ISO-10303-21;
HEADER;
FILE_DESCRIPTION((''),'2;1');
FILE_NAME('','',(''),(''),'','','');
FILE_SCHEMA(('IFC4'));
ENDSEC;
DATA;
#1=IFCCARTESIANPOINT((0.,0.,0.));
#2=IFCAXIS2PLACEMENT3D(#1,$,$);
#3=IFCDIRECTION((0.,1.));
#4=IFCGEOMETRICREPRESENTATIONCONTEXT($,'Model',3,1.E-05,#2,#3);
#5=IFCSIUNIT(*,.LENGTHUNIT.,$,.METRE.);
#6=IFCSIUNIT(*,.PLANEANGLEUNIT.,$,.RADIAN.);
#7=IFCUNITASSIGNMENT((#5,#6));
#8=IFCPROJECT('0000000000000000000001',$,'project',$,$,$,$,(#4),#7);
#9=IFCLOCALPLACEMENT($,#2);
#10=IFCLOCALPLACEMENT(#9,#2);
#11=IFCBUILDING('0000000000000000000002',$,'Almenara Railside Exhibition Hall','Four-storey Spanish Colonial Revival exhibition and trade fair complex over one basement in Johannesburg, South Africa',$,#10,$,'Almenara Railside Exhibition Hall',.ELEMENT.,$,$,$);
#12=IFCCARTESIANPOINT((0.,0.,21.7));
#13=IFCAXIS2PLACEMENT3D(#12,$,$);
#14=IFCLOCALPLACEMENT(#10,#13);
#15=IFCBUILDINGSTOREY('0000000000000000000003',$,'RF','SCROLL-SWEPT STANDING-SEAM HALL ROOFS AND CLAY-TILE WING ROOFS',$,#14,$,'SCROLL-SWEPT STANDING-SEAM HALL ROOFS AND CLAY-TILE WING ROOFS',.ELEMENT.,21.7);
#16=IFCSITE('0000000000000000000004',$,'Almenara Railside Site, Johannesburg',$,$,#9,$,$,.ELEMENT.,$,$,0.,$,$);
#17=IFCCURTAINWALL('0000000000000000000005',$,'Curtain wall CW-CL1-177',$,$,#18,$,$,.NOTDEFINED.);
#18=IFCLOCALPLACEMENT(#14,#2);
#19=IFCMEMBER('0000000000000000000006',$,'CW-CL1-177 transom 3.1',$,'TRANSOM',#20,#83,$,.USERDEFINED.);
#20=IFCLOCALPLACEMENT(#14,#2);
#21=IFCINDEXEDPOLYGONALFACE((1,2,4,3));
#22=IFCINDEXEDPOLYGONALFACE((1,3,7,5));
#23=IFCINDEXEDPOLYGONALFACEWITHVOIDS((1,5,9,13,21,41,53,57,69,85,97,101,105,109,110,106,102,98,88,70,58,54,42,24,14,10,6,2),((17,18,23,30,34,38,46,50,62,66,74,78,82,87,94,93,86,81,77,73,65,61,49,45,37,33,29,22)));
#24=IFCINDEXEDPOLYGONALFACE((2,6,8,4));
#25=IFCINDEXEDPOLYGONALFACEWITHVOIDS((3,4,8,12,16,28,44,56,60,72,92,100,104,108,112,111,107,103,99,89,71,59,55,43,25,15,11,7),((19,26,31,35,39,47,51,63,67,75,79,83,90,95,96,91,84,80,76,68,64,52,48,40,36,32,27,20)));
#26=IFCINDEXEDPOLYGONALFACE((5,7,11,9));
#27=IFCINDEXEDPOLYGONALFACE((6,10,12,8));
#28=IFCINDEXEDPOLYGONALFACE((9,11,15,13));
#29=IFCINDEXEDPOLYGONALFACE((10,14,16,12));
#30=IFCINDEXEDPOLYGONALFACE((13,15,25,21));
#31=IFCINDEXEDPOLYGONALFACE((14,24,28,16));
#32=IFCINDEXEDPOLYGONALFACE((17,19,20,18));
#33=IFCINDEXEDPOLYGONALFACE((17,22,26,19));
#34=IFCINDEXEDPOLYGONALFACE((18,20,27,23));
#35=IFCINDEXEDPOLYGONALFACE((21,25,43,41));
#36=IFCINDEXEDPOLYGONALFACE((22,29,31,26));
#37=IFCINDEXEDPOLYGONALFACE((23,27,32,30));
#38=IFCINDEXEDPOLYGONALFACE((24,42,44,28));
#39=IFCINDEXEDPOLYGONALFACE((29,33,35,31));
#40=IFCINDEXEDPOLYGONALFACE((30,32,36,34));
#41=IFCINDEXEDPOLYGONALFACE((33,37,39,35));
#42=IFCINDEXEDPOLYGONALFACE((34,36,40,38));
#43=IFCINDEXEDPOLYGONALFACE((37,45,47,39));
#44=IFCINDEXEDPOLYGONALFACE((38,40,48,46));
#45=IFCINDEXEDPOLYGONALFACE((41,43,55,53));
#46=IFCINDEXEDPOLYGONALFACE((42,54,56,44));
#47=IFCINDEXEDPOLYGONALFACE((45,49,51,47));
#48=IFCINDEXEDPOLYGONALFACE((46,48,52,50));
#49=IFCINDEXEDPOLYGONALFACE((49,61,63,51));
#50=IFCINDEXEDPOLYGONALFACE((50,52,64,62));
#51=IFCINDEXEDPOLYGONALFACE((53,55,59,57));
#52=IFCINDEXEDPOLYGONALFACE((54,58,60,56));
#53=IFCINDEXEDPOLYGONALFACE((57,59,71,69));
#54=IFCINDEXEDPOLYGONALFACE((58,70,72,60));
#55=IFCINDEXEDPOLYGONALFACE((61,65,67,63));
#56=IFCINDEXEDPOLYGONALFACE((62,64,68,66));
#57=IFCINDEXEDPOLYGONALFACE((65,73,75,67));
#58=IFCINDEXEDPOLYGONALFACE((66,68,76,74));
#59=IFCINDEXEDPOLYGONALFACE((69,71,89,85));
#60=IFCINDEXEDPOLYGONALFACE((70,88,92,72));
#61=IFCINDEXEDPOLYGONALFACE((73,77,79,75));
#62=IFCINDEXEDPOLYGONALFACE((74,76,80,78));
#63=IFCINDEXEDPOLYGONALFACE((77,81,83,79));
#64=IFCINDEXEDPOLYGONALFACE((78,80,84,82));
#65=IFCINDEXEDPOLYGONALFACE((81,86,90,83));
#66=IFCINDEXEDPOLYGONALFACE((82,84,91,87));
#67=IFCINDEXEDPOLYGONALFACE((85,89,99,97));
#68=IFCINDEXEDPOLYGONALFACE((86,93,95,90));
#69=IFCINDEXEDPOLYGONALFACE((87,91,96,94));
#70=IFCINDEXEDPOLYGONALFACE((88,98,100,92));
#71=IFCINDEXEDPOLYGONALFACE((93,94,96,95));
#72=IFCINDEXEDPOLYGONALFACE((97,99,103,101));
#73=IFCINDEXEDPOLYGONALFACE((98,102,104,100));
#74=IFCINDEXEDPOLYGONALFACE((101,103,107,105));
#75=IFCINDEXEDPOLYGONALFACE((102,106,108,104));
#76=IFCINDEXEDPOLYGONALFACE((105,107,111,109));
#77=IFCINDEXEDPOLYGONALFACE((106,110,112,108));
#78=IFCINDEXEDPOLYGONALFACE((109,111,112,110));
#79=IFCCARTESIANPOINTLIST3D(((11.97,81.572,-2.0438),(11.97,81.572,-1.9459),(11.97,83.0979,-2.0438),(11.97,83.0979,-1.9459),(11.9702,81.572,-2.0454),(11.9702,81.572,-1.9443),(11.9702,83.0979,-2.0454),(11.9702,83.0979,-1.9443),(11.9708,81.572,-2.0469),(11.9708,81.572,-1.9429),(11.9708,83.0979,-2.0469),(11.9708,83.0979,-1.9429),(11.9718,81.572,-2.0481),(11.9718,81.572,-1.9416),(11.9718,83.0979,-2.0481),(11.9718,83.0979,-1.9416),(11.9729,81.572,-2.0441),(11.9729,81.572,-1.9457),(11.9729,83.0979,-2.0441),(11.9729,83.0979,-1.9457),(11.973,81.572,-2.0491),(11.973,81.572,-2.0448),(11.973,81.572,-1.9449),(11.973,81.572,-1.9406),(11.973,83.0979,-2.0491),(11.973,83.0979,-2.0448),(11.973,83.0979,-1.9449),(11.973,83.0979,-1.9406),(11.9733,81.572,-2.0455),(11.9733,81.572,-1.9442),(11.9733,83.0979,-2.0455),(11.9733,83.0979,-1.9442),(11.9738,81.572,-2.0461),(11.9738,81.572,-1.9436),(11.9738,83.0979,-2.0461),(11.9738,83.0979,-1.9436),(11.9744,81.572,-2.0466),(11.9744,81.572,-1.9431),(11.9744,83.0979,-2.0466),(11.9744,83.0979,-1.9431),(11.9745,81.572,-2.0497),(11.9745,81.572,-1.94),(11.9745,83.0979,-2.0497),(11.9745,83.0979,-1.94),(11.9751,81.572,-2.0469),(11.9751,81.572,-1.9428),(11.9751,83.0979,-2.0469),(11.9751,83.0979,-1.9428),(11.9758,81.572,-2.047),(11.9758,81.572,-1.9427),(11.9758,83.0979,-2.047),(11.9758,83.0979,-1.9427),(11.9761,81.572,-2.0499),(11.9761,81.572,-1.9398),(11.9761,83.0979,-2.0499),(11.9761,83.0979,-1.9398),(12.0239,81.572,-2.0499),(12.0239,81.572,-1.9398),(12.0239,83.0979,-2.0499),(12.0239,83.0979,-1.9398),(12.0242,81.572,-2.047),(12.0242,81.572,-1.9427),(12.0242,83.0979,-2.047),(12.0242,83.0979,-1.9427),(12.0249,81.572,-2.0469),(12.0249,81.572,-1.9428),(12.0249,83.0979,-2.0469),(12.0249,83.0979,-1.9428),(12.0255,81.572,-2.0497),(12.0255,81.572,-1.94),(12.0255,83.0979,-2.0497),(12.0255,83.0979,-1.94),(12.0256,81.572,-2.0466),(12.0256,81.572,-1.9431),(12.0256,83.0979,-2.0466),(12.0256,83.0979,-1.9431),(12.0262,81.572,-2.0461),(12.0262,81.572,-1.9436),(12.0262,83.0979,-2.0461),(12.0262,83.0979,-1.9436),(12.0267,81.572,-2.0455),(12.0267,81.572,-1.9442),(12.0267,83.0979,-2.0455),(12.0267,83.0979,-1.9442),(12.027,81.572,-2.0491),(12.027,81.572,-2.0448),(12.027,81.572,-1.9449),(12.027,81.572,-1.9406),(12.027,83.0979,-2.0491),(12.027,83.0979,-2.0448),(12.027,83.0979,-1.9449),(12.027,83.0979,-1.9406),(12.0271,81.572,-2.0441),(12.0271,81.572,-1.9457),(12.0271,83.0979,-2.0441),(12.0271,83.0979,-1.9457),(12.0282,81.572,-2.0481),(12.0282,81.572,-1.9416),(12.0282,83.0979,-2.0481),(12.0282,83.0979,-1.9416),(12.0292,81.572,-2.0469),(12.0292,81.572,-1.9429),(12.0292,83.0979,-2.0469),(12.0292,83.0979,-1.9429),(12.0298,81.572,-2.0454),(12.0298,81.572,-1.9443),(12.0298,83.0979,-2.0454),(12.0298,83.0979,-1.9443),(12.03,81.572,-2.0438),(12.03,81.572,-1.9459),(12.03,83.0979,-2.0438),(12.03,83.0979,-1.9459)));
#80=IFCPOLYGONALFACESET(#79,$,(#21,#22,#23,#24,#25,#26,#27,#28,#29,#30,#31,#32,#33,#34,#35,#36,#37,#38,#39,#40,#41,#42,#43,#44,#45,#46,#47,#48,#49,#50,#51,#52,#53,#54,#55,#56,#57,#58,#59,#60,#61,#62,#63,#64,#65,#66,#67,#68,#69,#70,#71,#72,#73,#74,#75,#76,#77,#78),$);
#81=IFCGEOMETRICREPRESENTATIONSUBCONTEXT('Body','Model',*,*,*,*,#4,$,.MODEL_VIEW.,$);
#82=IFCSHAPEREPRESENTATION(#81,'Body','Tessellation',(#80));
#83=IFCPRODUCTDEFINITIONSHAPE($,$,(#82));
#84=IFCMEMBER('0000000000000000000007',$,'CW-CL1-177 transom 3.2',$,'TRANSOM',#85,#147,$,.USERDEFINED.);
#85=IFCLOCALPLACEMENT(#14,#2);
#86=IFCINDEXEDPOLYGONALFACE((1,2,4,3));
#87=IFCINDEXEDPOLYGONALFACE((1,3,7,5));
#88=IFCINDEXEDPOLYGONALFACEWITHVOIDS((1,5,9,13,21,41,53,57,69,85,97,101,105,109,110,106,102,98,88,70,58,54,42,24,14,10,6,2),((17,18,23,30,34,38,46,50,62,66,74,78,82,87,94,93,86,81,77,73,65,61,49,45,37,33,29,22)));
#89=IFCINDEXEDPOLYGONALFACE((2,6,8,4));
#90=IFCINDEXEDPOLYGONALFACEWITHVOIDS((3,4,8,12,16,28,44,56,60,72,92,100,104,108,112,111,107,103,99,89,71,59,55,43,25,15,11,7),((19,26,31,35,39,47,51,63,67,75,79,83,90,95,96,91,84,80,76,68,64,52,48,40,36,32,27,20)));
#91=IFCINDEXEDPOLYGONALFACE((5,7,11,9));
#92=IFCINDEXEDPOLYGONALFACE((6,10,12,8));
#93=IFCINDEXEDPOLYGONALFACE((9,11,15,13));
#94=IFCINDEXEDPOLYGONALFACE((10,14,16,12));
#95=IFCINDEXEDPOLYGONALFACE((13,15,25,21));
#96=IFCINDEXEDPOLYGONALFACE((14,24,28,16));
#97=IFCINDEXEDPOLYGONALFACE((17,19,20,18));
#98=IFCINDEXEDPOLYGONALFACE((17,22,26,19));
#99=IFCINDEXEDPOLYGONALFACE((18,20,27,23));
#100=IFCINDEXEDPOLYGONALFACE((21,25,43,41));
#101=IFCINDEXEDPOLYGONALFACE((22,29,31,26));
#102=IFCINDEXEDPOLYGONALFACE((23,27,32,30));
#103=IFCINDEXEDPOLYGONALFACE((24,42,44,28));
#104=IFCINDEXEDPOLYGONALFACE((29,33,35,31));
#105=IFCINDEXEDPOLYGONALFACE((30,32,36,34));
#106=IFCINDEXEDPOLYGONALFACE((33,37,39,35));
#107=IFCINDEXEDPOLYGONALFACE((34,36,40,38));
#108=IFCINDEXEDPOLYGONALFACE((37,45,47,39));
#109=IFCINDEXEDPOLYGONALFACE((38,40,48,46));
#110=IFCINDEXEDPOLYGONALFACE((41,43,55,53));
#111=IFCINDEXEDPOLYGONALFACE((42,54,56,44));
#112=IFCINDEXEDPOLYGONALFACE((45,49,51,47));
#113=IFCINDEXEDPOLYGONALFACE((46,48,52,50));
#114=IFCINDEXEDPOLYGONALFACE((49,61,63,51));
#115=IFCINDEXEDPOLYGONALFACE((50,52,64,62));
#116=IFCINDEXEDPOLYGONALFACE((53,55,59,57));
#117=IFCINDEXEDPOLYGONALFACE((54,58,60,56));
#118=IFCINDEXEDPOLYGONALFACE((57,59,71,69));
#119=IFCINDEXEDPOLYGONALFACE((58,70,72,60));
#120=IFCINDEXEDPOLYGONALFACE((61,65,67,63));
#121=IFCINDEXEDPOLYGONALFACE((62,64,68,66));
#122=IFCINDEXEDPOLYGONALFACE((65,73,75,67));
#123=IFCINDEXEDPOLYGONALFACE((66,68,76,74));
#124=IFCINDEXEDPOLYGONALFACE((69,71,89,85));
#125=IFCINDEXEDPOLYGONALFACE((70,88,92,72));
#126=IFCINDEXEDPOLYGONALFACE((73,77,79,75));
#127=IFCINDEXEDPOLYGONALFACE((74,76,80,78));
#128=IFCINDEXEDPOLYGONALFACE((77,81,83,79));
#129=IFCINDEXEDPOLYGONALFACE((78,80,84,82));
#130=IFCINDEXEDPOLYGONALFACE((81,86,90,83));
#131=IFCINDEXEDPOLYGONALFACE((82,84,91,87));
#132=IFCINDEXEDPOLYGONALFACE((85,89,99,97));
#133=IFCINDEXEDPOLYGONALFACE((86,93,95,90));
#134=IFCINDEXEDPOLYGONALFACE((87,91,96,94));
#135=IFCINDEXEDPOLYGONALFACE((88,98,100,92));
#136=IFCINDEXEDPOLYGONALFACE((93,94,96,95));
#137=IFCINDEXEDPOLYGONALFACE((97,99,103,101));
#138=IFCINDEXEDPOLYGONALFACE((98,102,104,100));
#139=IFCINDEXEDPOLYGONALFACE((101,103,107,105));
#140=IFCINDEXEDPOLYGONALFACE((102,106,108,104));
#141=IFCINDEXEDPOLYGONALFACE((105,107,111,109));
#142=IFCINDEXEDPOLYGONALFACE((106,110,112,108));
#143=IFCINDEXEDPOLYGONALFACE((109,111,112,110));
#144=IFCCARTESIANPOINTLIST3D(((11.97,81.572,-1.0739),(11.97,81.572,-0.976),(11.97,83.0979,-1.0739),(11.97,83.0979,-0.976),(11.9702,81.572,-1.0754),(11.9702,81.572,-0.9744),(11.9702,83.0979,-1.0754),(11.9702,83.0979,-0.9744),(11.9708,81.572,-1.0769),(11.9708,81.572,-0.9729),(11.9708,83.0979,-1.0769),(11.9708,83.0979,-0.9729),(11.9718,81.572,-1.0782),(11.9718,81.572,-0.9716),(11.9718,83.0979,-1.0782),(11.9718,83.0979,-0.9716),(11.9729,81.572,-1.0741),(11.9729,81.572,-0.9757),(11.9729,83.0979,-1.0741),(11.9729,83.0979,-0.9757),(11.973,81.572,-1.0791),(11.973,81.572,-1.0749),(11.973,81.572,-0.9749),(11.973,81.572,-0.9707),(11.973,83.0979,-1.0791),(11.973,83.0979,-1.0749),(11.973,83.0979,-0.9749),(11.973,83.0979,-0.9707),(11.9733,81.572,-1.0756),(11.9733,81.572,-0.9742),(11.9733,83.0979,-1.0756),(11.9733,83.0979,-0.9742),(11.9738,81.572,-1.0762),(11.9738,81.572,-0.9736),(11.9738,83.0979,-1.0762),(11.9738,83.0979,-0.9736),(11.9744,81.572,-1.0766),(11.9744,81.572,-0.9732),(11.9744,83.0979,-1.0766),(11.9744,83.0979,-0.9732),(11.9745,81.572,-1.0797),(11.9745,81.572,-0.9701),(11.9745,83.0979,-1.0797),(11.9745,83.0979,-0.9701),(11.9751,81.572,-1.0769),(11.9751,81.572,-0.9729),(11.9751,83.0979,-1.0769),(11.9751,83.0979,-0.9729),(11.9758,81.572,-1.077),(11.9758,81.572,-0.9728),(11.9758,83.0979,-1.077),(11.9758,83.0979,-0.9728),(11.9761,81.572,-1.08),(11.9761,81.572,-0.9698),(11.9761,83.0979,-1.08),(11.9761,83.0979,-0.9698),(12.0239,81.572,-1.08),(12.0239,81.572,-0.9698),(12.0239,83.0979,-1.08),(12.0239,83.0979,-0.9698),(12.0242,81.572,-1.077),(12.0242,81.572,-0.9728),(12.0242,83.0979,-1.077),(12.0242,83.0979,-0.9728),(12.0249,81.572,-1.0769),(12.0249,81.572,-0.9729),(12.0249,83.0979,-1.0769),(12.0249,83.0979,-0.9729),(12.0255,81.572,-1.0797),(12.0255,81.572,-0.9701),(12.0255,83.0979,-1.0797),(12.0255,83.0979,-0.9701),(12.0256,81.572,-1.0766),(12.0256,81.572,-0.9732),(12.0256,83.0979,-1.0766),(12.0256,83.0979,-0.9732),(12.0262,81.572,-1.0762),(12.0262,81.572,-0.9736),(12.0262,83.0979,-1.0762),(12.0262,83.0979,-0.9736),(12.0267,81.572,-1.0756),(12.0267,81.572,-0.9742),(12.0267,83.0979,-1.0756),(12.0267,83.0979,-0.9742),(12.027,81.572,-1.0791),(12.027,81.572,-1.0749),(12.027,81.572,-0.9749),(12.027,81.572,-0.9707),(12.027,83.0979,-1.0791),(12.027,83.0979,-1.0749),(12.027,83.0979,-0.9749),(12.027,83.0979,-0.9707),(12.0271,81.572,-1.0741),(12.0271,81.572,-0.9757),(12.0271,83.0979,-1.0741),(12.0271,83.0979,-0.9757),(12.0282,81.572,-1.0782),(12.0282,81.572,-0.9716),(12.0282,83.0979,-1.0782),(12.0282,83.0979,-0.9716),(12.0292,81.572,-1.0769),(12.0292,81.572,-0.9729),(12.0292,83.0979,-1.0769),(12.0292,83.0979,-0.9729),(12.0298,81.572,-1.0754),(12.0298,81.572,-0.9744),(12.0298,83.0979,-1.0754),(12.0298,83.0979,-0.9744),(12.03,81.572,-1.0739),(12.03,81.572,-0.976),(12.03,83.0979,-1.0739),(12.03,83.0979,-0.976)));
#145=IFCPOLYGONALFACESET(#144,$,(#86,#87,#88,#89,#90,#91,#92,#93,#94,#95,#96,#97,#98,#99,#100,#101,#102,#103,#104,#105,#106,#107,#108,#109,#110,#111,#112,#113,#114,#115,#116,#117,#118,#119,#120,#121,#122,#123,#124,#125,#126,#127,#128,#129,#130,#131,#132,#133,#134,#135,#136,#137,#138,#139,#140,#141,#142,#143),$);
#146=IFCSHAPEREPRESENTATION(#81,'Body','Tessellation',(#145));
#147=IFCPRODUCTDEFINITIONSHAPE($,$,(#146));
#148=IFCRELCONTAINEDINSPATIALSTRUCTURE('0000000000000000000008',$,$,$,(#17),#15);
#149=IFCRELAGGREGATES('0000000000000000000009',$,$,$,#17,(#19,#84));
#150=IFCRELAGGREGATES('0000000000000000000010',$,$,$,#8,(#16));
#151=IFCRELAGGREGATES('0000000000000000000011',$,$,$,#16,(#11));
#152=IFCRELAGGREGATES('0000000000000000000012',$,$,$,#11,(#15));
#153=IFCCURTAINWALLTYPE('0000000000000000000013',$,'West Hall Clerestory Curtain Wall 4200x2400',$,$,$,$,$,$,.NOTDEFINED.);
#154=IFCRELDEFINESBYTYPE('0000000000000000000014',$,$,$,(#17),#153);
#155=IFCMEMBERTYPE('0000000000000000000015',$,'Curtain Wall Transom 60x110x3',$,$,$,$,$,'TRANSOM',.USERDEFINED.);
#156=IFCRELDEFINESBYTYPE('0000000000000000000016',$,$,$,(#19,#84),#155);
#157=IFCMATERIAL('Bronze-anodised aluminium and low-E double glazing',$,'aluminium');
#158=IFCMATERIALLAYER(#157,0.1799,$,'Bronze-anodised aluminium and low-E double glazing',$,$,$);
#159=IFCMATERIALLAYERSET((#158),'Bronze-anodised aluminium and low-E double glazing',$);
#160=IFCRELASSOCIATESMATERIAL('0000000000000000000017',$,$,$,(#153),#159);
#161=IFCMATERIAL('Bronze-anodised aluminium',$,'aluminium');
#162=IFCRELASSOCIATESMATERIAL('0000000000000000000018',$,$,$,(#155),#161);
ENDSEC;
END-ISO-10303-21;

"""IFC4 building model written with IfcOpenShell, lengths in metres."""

from ifc_helpers import new_model, si_unit, direction, frame, origin, origin_2d, place, context, subcontext, project, spatial, hollow_rectangle, extrude, material, layer, layer_set, material_profile, profile_set, type_object, element, aggregate, save


model = new_model("IFC4")

# Units and contexts
model_context = context("Model", 3, precision=1e-05, world=origin(), true_north=direction((0.0, 1.0)))
body_context = subcontext(model_context, "Body", "Model", "MODEL_VIEW")
ifc_project = project(units=[si_unit("LENGTHUNIT", "METRE"), si_unit("PLANEANGLEUNIT", "RADIAN")], contexts=[model_context])

# Site, building, storey
site_placement = place(None, origin())
site = spatial("IfcSite", under=ifc_project, at=site_placement, Name="Almenara Railside Site, Johannesburg", CompositionType="ELEMENT", RefElevation=0.0)
building_placement = place(site_placement, origin())
building = spatial("IfcBuilding", under=site, at=building_placement, Name="Almenara Railside Exhibition Hall", Description="Four-storey Spanish Colonial Revival exhibition and trade fair complex over one basement in Johannesburg, South Africa", LongName="Almenara Railside Exhibition Hall", CompositionType="ELEMENT")
storey_placement = place(building_placement, frame((0.0, 0.0, 21.7)))
storey = spatial("IfcBuildingStorey", under=building, at=storey_placement, Name="RF", Description="SCROLL-SWEPT STANDING-SEAM HALL ROOFS AND CLAY-TILE WING ROOFS", LongName="SCROLL-SWEPT STANDING-SEAM HALL ROOFS AND CLAY-TILE WING ROOFS", CompositionType="ELEMENT", Elevation=21.7)

# Curtain wall
ifc_material_1 = material(Name="Bronze-anodised aluminium and low-E double glazing", Category="aluminium")
ifc_layer_1 = layer(ifc_material_1, 0.1799, Name="Bronze-anodised aluminium and low-E double glazing")
ifc_layer_set_1 = layer_set([ifc_layer_1], Name="Bronze-anodised aluminium and low-E double glazing")
curtain_wall_type = type_object("IfcCurtainWallType", Name="West Hall Clerestory Curtain Wall 4200x2400", PredefinedType="NOTDEFINED", material=ifc_layer_set_1)
curtain_wall_1_placement = place(storey_placement, origin())
curtain_wall_1 = element("IfcCurtainWall", 1, at=curtain_wall_1_placement, inside=storey, type_object=curtain_wall_type, Name="Curtain wall CW-CL1-177", PredefinedType="NOTDEFINED")
ifc_material_2 = material(Name="Bronze-anodised aluminium", Category="aluminium")

# Members
ifc_material_profile_1 = material_profile(ifc_material_2, hollow_rectangle(XDim=0.0601, YDim=0.1101, WallThickness=0.0029, InnerFilletRadius=0.0029, OuterFilletRadius=0.0061, at=origin_2d()), Name="ALU-TRN 60x110x3")
ifc_profile_set_1 = profile_set([ifc_material_profile_1], Name="Bronze-anodised aluminium")
member_type_1 = type_object("IfcMemberType", Name="Curtain Wall Transom 60x110x3", ElementType="TRANSOM", PredefinedType="USERDEFINED", material=ifc_profile_set_1)
member_1_placement = place(storey_placement, frame((12.0, 81.572, -1.9949), z_axis=(0.0, 1.0, 0.0), x_axis=(-1.0, 0.0, 0.0)))
member_1 = element("IfcMember", 2, at=member_1_placement, type_object=member_type_1, Name="CW-CL1-177 transom 3.1", ObjectType="TRANSOM", PredefinedType="USERDEFINED", context=body_context, shape_type="SweptSolid", body=[
    extrude(hollow_rectangle(XDim=0.0601, YDim=0.1101, WallThickness=0.0029, InnerFilletRadius=0.0029, OuterFilletRadius=0.0061, at=origin_2d()), origin(), (0.0, 0.0, 1.0), 1.5259),
])
member_2_placement = place(storey_placement, frame((12.0, 81.572, -1.0249), z_axis=(0.0, 1.0, 0.0), x_axis=(-1.0, 0.0, 0.0)))
member_2 = element("IfcMember", 3, at=member_2_placement, type_object=member_type_1, Name="CW-CL1-177 transom 3.2", ObjectType="TRANSOM", PredefinedType="USERDEFINED", context=body_context, shape_type="SweptSolid", body=[
    extrude(hollow_rectangle(XDim=0.0601, YDim=0.1101, WallThickness=0.0029, InnerFilletRadius=0.0029, OuterFilletRadius=0.0061, at=origin_2d()), origin(), (0.0, 0.0, 1.0), 1.5259),
])

aggregate(curtain_wall_1, [member_1, member_2])

save(model, "model.ifc")
